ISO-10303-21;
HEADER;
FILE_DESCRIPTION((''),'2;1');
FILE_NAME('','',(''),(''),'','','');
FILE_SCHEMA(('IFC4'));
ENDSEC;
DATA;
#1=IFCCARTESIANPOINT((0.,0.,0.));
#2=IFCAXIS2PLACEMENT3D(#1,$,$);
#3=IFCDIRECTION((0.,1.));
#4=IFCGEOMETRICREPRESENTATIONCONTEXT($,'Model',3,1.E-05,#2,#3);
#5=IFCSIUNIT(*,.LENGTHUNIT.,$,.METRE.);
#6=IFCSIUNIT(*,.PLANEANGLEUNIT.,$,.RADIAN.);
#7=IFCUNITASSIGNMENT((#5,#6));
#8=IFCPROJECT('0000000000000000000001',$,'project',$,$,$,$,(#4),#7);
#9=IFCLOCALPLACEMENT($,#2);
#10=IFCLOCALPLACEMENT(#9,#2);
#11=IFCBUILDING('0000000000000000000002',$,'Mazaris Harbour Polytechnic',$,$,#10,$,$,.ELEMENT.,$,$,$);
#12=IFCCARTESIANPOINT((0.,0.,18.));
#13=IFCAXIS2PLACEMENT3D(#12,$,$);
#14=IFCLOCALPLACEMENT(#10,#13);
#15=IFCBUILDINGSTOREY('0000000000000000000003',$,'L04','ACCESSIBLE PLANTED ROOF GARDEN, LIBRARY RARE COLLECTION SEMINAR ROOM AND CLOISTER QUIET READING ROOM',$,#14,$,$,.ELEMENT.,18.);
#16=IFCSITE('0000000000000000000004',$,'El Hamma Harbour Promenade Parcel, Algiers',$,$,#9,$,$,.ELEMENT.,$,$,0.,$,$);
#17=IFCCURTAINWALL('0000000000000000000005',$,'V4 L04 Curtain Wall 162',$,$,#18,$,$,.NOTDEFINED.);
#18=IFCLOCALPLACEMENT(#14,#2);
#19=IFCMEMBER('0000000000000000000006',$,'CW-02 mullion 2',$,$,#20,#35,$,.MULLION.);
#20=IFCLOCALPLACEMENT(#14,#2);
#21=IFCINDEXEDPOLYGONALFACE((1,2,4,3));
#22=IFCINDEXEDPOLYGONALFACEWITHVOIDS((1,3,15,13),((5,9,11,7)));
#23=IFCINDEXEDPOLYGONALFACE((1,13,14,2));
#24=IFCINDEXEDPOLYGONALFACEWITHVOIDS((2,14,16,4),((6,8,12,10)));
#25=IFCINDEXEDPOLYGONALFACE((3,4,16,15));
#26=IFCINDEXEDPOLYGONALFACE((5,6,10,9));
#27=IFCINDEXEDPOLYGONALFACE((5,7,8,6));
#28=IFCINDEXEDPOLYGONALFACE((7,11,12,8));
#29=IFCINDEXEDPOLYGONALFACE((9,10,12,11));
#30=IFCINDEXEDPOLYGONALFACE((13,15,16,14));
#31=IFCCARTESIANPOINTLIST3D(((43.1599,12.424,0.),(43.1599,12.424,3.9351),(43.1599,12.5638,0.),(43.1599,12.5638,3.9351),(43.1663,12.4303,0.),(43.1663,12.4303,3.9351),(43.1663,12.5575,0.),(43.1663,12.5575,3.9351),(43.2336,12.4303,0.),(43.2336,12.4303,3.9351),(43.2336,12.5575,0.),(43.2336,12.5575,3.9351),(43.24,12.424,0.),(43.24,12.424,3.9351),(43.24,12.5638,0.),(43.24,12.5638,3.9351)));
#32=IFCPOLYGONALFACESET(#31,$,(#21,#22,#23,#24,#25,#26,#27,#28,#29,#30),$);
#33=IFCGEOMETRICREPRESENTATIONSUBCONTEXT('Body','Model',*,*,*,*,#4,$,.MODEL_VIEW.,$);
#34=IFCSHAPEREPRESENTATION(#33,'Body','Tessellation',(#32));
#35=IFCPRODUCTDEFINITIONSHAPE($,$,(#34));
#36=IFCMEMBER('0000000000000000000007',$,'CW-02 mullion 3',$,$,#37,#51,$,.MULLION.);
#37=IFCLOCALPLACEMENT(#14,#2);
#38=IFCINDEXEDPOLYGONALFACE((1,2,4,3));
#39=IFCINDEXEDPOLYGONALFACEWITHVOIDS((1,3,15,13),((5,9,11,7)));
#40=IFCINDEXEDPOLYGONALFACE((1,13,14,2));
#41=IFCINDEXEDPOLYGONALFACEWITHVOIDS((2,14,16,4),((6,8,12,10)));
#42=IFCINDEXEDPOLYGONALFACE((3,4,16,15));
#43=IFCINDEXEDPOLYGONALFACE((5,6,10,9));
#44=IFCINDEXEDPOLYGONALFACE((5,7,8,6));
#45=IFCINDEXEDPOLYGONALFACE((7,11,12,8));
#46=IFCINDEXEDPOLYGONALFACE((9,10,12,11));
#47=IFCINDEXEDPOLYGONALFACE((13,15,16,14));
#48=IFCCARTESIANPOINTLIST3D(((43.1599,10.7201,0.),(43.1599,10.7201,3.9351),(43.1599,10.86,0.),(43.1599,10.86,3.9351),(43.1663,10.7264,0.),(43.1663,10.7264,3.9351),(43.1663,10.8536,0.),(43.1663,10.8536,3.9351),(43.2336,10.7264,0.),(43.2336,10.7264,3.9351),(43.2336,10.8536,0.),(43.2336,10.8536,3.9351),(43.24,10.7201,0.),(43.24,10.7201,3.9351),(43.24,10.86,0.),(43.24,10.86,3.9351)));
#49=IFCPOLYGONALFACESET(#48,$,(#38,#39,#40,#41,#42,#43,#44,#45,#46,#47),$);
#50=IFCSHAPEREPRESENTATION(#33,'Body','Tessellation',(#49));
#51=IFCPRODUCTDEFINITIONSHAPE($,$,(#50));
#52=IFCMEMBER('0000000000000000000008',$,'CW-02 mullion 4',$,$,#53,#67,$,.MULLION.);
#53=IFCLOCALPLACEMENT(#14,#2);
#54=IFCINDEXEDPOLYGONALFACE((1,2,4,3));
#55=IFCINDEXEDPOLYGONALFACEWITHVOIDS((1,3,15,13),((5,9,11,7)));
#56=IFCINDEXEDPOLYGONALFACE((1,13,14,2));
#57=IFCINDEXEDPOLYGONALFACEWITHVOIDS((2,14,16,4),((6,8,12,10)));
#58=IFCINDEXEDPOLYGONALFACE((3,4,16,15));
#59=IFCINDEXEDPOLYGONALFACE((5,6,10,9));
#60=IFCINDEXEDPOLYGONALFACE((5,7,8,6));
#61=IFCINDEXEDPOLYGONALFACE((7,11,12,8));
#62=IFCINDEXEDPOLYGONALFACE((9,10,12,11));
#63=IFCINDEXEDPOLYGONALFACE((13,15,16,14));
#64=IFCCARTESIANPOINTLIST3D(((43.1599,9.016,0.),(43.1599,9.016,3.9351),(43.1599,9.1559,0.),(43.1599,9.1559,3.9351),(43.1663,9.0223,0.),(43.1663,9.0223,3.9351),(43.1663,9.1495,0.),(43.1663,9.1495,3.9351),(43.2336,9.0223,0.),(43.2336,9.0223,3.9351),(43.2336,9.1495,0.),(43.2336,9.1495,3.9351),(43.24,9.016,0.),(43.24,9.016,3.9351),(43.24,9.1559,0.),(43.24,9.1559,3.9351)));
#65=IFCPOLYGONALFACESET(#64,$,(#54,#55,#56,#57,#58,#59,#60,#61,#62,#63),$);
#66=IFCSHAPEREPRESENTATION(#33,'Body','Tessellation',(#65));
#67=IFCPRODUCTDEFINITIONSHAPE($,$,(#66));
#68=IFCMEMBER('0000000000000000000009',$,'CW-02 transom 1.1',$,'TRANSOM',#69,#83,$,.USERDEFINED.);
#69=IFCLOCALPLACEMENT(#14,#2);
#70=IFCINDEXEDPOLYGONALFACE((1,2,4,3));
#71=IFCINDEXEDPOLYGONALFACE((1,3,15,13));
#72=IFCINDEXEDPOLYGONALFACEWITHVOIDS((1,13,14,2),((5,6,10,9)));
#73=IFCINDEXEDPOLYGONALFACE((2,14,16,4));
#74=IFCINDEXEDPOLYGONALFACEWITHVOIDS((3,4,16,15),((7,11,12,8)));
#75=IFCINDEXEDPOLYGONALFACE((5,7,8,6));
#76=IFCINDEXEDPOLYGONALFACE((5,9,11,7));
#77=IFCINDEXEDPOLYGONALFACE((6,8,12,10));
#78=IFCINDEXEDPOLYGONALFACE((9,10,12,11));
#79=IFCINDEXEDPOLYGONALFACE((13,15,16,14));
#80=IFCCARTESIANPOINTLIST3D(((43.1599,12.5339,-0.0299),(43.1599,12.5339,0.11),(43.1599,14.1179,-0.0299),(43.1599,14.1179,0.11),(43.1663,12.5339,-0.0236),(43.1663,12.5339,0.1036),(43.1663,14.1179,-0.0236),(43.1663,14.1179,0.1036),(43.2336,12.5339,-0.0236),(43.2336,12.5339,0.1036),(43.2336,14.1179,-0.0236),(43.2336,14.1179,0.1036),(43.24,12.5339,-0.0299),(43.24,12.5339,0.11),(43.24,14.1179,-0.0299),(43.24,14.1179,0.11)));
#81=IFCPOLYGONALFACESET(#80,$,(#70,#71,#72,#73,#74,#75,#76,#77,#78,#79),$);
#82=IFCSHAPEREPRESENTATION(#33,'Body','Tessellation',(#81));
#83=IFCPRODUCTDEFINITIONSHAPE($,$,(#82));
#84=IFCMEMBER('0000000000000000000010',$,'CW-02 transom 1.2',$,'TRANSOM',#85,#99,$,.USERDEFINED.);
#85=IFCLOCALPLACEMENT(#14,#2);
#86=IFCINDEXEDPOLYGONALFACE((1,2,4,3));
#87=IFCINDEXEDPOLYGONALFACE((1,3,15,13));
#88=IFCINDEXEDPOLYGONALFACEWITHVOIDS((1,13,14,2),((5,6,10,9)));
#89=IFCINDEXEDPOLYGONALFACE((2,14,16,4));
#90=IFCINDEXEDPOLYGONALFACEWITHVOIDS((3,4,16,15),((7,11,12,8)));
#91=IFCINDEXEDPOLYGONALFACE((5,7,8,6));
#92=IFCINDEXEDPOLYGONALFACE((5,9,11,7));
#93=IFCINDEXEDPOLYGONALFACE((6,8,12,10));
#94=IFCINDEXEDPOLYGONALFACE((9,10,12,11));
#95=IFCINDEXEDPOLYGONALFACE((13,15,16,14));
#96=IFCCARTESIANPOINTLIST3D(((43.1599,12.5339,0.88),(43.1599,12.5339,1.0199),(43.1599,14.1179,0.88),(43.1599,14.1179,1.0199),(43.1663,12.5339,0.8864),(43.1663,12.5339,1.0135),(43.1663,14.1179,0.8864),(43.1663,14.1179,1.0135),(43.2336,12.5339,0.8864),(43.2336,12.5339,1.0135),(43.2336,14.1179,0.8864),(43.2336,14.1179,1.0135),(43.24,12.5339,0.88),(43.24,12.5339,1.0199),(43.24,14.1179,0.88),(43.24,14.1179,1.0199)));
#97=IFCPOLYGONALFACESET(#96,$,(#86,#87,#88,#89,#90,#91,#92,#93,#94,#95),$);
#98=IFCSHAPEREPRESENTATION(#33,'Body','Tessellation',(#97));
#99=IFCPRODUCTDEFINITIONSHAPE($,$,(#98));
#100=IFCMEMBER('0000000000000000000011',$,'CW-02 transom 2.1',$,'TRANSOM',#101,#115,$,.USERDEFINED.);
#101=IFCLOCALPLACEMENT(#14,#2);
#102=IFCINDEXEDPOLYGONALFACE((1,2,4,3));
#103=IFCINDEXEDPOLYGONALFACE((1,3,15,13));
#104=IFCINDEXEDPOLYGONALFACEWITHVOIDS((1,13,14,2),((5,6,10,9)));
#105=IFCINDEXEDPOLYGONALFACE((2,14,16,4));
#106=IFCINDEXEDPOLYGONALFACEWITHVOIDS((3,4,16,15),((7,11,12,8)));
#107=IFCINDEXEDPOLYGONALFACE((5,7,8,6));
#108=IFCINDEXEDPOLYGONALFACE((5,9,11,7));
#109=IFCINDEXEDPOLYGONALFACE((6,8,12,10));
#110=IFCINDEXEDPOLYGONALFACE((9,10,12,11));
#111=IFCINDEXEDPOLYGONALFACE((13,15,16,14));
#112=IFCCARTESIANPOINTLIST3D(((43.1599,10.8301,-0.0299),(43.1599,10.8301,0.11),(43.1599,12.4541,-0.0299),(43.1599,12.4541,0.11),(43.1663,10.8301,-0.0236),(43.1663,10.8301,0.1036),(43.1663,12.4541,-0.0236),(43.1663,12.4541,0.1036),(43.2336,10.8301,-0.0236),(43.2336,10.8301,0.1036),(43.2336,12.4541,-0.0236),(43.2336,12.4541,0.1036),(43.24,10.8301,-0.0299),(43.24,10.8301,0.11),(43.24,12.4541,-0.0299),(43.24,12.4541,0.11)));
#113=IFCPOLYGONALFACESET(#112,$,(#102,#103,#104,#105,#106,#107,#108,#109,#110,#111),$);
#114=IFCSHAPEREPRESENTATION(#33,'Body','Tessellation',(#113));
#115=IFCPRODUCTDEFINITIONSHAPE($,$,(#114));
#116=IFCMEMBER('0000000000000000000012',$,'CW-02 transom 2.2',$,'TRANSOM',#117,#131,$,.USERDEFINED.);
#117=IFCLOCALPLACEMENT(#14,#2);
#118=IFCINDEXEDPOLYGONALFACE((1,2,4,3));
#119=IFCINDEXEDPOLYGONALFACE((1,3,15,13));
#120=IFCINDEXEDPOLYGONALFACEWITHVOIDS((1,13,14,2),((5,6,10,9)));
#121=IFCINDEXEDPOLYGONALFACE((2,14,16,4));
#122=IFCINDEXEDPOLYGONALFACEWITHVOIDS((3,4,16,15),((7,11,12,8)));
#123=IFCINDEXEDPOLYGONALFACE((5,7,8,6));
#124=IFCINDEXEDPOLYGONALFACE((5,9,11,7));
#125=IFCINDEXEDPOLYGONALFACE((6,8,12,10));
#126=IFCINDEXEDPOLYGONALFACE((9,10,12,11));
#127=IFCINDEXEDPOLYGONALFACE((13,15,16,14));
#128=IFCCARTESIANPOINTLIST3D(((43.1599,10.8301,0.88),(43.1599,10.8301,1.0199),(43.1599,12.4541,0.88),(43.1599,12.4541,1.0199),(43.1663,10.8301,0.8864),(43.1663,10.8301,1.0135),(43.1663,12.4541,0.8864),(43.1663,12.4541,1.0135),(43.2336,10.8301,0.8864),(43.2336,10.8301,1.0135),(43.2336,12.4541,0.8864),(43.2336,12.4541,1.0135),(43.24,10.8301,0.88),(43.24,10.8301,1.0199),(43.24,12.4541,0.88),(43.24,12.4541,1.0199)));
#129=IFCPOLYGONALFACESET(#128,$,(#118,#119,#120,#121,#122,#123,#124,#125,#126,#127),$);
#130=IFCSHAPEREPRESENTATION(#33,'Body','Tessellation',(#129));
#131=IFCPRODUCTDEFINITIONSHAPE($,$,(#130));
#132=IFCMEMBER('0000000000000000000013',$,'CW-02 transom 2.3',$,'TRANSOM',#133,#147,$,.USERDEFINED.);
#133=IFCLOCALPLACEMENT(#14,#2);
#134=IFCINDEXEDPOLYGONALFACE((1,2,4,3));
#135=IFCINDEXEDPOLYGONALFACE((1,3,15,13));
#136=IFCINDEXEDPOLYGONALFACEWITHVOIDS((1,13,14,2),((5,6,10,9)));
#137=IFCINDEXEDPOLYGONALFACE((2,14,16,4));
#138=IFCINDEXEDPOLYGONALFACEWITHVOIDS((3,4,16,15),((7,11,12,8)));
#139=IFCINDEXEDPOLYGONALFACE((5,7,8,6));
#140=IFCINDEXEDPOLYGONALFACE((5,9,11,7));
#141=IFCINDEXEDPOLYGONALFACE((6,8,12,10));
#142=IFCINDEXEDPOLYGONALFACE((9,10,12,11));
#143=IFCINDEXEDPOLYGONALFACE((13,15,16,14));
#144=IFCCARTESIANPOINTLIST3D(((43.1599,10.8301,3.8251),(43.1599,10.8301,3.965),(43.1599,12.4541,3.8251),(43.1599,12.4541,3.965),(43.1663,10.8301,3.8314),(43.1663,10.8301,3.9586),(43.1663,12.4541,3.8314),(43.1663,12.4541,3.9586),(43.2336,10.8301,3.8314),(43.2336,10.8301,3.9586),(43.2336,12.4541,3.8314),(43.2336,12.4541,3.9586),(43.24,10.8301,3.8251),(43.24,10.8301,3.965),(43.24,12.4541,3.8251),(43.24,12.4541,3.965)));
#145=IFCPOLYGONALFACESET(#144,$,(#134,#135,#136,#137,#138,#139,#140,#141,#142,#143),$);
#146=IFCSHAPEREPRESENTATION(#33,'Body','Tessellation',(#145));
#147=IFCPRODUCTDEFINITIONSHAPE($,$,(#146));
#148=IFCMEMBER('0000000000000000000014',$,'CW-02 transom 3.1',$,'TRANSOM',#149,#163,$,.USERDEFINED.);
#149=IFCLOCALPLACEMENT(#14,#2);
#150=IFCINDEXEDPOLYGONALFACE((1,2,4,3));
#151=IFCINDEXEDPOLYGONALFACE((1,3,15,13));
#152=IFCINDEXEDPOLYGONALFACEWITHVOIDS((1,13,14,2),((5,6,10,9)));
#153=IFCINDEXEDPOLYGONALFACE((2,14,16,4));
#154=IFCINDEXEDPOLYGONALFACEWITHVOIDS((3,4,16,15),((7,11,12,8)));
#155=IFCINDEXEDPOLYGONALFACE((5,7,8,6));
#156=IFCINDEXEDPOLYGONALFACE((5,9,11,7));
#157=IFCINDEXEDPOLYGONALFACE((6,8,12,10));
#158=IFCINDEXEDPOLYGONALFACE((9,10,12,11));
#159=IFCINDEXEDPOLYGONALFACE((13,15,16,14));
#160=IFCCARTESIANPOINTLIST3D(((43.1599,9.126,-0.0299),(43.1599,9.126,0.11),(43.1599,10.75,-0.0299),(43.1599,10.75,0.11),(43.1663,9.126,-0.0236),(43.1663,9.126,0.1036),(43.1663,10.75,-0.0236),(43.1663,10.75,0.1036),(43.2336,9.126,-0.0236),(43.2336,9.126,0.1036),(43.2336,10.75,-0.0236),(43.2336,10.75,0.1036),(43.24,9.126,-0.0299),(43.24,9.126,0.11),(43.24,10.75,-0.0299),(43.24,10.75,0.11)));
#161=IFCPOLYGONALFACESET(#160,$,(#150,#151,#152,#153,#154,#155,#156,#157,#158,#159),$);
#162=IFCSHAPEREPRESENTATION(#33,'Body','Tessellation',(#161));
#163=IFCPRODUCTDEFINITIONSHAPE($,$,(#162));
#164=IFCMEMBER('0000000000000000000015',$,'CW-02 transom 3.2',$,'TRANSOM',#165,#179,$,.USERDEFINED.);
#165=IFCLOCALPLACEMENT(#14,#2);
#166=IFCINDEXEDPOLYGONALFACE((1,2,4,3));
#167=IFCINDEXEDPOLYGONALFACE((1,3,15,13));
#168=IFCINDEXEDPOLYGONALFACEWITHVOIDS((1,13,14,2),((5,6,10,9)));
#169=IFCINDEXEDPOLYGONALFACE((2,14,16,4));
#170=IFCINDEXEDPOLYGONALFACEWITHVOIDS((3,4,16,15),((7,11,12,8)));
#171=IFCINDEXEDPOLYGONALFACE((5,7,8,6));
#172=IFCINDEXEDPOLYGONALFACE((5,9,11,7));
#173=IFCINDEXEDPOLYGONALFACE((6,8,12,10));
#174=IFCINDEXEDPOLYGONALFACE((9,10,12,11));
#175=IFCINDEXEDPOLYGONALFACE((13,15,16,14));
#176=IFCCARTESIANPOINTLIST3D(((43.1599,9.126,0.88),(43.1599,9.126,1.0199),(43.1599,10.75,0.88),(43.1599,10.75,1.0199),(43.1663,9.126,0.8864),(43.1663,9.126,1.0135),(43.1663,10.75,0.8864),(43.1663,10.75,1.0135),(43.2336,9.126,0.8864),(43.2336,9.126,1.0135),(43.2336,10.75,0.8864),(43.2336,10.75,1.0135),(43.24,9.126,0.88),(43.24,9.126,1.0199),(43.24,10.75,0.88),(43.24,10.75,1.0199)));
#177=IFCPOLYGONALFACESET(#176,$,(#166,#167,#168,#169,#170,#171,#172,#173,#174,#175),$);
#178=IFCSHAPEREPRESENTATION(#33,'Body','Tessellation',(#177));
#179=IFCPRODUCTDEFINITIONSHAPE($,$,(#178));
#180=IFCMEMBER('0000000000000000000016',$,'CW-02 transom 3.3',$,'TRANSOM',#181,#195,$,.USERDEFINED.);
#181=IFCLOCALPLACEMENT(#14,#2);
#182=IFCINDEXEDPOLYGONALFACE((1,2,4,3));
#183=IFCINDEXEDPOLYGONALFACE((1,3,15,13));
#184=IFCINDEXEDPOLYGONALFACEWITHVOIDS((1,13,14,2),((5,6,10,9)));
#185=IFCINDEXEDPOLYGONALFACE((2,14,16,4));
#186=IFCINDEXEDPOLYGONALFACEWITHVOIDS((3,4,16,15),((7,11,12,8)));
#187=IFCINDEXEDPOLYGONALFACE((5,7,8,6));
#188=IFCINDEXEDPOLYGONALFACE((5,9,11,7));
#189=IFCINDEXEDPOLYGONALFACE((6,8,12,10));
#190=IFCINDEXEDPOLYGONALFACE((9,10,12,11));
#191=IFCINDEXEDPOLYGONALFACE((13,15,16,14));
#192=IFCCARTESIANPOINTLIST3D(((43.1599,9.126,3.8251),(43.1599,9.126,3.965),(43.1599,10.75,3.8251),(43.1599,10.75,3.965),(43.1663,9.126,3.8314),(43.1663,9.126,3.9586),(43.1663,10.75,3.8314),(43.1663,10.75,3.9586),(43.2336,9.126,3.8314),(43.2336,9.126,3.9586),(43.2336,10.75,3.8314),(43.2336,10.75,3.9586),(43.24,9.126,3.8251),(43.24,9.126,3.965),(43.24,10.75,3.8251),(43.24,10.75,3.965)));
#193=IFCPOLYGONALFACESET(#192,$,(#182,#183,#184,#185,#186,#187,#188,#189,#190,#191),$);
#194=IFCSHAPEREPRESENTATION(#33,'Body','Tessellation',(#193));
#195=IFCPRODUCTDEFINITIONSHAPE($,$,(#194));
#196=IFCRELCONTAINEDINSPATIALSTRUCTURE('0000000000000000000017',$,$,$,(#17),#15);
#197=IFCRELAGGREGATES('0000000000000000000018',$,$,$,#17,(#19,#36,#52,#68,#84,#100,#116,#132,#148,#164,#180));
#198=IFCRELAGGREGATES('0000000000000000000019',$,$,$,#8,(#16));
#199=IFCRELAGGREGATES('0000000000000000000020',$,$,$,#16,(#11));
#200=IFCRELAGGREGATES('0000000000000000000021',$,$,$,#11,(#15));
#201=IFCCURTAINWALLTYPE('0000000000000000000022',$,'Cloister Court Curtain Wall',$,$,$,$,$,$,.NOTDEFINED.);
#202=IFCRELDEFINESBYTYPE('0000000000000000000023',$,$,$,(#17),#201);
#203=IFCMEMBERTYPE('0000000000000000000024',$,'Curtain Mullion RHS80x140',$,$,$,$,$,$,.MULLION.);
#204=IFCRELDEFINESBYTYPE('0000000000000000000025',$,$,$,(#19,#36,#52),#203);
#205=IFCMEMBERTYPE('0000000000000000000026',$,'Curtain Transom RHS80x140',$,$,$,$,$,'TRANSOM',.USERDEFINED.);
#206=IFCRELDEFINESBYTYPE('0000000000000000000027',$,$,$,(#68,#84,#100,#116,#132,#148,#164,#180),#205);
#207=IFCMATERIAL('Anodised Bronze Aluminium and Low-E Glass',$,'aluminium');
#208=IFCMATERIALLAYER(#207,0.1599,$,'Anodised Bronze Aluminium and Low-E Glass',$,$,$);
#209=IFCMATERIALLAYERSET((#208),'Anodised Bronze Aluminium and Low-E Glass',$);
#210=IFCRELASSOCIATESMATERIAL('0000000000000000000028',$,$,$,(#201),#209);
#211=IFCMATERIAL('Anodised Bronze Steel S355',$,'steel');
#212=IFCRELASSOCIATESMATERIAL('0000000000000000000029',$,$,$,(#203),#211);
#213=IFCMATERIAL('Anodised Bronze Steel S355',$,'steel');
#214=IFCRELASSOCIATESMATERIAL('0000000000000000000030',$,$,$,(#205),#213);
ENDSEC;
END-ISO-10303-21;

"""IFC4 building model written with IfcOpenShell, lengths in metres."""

from ifc_helpers import new_model, si_unit, direction, frame, origin, origin_2d, place, context, subcontext, project, spatial, hollow_rectangle, extrude, material, layer, layer_set, material_profile, profile_set, type_object, element, aggregate, save


model = new_model("IFC4")

# Units and contexts
model_context = context("Model", 3, precision=1e-05, world=origin(), true_north=direction((0.0, 1.0)))
body_context = subcontext(model_context, "Body", "Model", "MODEL_VIEW")
ifc_project = project(units=[si_unit("LENGTHUNIT", "METRE"), si_unit("PLANEANGLEUNIT", "RADIAN")], contexts=[model_context])

# Site, building, storey
site_placement = place(None, origin())
site = spatial("IfcSite", under=ifc_project, at=site_placement, Name="El Hamma Harbour Promenade Parcel, Algiers", CompositionType="ELEMENT", RefElevation=0.0)
building_placement = place(site_placement, origin())
building = spatial("IfcBuilding", under=site, at=building_placement, Name="Mazaris Harbour Polytechnic", CompositionType="ELEMENT")
storey_placement = place(building_placement, frame((0.0, 0.0, 18.0)))
storey = spatial("IfcBuildingStorey", under=building, at=storey_placement, Name="L04", Description="ACCESSIBLE PLANTED ROOF GARDEN, LIBRARY RARE COLLECTION SEMINAR ROOM AND CLOISTER QUIET READING ROOM", CompositionType="ELEMENT", Elevation=18.0)

# Curtain wall, members
ifc_material_1 = material(Name="Anodised Bronze Aluminium and Low-E Glass", Category="aluminium")
ifc_layer_1 = layer(ifc_material_1, 0.1599, Name="Anodised Bronze Aluminium and Low-E Glass")
ifc_layer_set_1 = layer_set([ifc_layer_1], Name="Anodised Bronze Aluminium and Low-E Glass")
curtain_wall_type = type_object("IfcCurtainWallType", Name="Cloister Court Curtain Wall", PredefinedType="NOTDEFINED", material=ifc_layer_set_1)
curtain_wall_placement = place(storey_placement, origin())
curtain_wall = element("IfcCurtainWall", 1, at=curtain_wall_placement, inside=storey, type_object=curtain_wall_type, Name="V4 L04 Curtain Wall 162", PredefinedType="NOTDEFINED")
ifc_material_2 = material(Name="Anodised Bronze Steel S355", Category="steel")
ifc_material_profile_1 = material_profile(ifc_material_2, hollow_rectangle(XDim=0.0801, YDim=0.1399, WallThickness=0.0063, at=origin_2d()), Name="RHS 80x140x6.3")
ifc_profile_set_1 = profile_set([ifc_material_profile_1], Name="Anodised Bronze Steel S355")
member_type_1 = type_object("IfcMemberType", Name="Curtain Mullion RHS80x140", PredefinedType="MULLION", material=ifc_profile_set_1)
member_1_placement = place(storey_placement, frame((43.2, 12.4939, 0.0), z_axis=(0.0, 0.0, 1.0), x_axis=(1.0, 0.0, 0.0)))
member_1 = element("IfcMember", 2, at=member_1_placement, type_object=member_type_1, Name="CW-02 mullion 2", PredefinedType="MULLION", context=body_context, shape_type="SweptSolid", body=[
    extrude(hollow_rectangle(XDim=0.0801, YDim=0.1399, WallThickness=0.0063, at=origin_2d()), origin(), (0.0, 0.0, 1.0), 3.9351),
])
member_2_placement = place(storey_placement, frame((43.2, 10.79, 0.0), z_axis=(0.0, 0.0, 1.0), x_axis=(1.0, 0.0, 0.0)))
member_2 = element("IfcMember", 3, at=member_2_placement, type_object=member_type_1, Name="CW-02 mullion 3", PredefinedType="MULLION", context=body_context, shape_type="SweptSolid", body=[
    extrude(hollow_rectangle(XDim=0.0801, YDim=0.1399, WallThickness=0.0063, at=origin_2d()), origin(), (0.0, 0.0, 1.0), 3.9351),
])
member_3_placement = place(storey_placement, frame((43.2, 9.0859, 0.0), z_axis=(0.0, 0.0, 1.0), x_axis=(1.0, 0.0, 0.0)))
member_3 = element("IfcMember", 4, at=member_3_placement, type_object=member_type_1, Name="CW-02 mullion 4", PredefinedType="MULLION", context=body_context, shape_type="SweptSolid", body=[
    extrude(hollow_rectangle(XDim=0.0801, YDim=0.1399, WallThickness=0.0063, at=origin_2d()), origin(), (0.0, 0.0, 1.0), 3.9351),
])
ifc_material_3 = material(Name="Anodised Bronze Steel S355", Category="steel")
ifc_material_profile_2 = material_profile(ifc_material_3, hollow_rectangle(XDim=0.0801, YDim=0.1399, WallThickness=0.0063, at=origin_2d()), Name="RHS 80x140x6.3")
ifc_profile_set_2 = profile_set([ifc_material_profile_2], Name="Anodised Bronze Steel S355")
member_type_2 = type_object("IfcMemberType", Name="Curtain Transom RHS80x140", ElementType="TRANSOM", PredefinedType="USERDEFINED", material=ifc_profile_set_2)
member_4_placement = place(storey_placement, frame((43.2, 14.1179, 0.04), z_axis=(0.0, -1.0, 0.0), x_axis=(1.0, 0.0, 0.0)))
member_4 = element("IfcMember", 5, at=member_4_placement, type_object=member_type_2, Name="CW-02 transom 1.1", ObjectType="TRANSOM", PredefinedType="USERDEFINED", context=body_context, shape_type="SweptSolid", body=[
    extrude(hollow_rectangle(XDim=0.0801, YDim=0.1399, WallThickness=0.0063, at=origin_2d()), origin(), (0.0, 0.0, 1.0), 1.584),
])
member_5_placement = place(storey_placement, frame((43.2, 14.1179, 0.95), z_axis=(0.0, -1.0, 0.0), x_axis=(1.0, 0.0, 0.0)))
member_5 = element("IfcMember", 6, at=member_5_placement, type_object=member_type_2, Name="CW-02 transom 1.2", ObjectType="TRANSOM", PredefinedType="USERDEFINED", context=body_context, shape_type="SweptSolid", body=[
    extrude(hollow_rectangle(XDim=0.0801, YDim=0.1399, WallThickness=0.0063, at=origin_2d()), origin(), (0.0, 0.0, 1.0), 1.584),
])
member_6_placement = place(storey_placement, frame((43.2, 12.4541, 0.04), z_axis=(0.0, -1.0, 0.0), x_axis=(1.0, 0.0, 0.0)))
member_6 = element("IfcMember", 7, at=member_6_placement, type_object=member_type_2, Name="CW-02 transom 2.1", ObjectType="TRANSOM", PredefinedType="USERDEFINED", context=body_context, shape_type="SweptSolid", body=[
    extrude(hollow_rectangle(XDim=0.0801, YDim=0.1399, WallThickness=0.0063, at=origin_2d()), origin(), (0.0, 0.0, 1.0), 1.624),
])
member_7_placement = place(storey_placement, frame((43.2, 12.4541, 0.95), z_axis=(0.0, -1.0, 0.0), x_axis=(1.0, 0.0, 0.0)))
member_7 = element("IfcMember", 8, at=member_7_placement, type_object=member_type_2, Name="CW-02 transom 2.2", ObjectType="TRANSOM", PredefinedType="USERDEFINED", context=body_context, shape_type="SweptSolid", body=[
    extrude(hollow_rectangle(XDim=0.0801, YDim=0.1399, WallThickness=0.0063, at=origin_2d()), origin(), (0.0, 0.0, 1.0), 1.624),
])
member_8_placement = place(storey_placement, frame((43.2, 12.4541, 3.895), z_axis=(0.0, -1.0, 0.0), x_axis=(1.0, 0.0, 0.0)))
member_8 = element("IfcMember", 9, at=member_8_placement, type_object=member_type_2, Name="CW-02 transom 2.3", ObjectType="TRANSOM", PredefinedType="USERDEFINED", context=body_context, shape_type="SweptSolid", body=[
    extrude(hollow_rectangle(XDim=0.0801, YDim=0.1399, WallThickness=0.0063, at=origin_2d()), origin(), (0.0, 0.0, 1.0), 1.624),
])
member_9_placement = place(storey_placement, frame((43.2, 10.75, 0.04), z_axis=(0.0, -1.0, 0.0), x_axis=(1.0, 0.0, 0.0)))
member_9 = element("IfcMember", 10, at=member_9_placement, type_object=member_type_2, Name="CW-02 transom 3.1", ObjectType="TRANSOM", PredefinedType="USERDEFINED", context=body_context, shape_type="SweptSolid", body=[
    extrude(hollow_rectangle(XDim=0.0801, YDim=0.1399, WallThickness=0.0063, at=origin_2d()), origin(), (0.0, 0.0, 1.0), 1.624),
])
member_10_placement = place(storey_placement, frame((43.2, 10.75, 0.95), z_axis=(0.0, -1.0, 0.0), x_axis=(1.0, 0.0, 0.0)))
member_10 = element("IfcMember", 11, at=member_10_placement, type_object=member_type_2, Name="CW-02 transom 3.2", ObjectType="TRANSOM", PredefinedType="USERDEFINED", context=body_context, shape_type="SweptSolid", body=[
    extrude(hollow_rectangle(XDim=0.0801, YDim=0.1399, WallThickness=0.0063, at=origin_2d()), origin(), (0.0, 0.0, 1.0), 1.624),
])
member_11_placement = place(storey_placement, frame((43.2, 10.75, 3.895), z_axis=(0.0, -1.0, 0.0), x_axis=(1.0, 0.0, 0.0)))
member_11 = element("IfcMember", 12, at=member_11_placement, type_object=member_type_2, Name="CW-02 transom 3.3", ObjectType="TRANSOM", PredefinedType="USERDEFINED", context=body_context, shape_type="SweptSolid", body=[
    extrude(hollow_rectangle(XDim=0.0801, YDim=0.1399, WallThickness=0.0063, at=origin_2d()), origin(), (0.0, 0.0, 1.0), 1.624),
])
aggregate(curtain_wall, [member_1, member_2, member_3, member_4, member_5, member_6, member_7, member_8, member_9, member_10, member_11])

save(model, "model.ifc")
